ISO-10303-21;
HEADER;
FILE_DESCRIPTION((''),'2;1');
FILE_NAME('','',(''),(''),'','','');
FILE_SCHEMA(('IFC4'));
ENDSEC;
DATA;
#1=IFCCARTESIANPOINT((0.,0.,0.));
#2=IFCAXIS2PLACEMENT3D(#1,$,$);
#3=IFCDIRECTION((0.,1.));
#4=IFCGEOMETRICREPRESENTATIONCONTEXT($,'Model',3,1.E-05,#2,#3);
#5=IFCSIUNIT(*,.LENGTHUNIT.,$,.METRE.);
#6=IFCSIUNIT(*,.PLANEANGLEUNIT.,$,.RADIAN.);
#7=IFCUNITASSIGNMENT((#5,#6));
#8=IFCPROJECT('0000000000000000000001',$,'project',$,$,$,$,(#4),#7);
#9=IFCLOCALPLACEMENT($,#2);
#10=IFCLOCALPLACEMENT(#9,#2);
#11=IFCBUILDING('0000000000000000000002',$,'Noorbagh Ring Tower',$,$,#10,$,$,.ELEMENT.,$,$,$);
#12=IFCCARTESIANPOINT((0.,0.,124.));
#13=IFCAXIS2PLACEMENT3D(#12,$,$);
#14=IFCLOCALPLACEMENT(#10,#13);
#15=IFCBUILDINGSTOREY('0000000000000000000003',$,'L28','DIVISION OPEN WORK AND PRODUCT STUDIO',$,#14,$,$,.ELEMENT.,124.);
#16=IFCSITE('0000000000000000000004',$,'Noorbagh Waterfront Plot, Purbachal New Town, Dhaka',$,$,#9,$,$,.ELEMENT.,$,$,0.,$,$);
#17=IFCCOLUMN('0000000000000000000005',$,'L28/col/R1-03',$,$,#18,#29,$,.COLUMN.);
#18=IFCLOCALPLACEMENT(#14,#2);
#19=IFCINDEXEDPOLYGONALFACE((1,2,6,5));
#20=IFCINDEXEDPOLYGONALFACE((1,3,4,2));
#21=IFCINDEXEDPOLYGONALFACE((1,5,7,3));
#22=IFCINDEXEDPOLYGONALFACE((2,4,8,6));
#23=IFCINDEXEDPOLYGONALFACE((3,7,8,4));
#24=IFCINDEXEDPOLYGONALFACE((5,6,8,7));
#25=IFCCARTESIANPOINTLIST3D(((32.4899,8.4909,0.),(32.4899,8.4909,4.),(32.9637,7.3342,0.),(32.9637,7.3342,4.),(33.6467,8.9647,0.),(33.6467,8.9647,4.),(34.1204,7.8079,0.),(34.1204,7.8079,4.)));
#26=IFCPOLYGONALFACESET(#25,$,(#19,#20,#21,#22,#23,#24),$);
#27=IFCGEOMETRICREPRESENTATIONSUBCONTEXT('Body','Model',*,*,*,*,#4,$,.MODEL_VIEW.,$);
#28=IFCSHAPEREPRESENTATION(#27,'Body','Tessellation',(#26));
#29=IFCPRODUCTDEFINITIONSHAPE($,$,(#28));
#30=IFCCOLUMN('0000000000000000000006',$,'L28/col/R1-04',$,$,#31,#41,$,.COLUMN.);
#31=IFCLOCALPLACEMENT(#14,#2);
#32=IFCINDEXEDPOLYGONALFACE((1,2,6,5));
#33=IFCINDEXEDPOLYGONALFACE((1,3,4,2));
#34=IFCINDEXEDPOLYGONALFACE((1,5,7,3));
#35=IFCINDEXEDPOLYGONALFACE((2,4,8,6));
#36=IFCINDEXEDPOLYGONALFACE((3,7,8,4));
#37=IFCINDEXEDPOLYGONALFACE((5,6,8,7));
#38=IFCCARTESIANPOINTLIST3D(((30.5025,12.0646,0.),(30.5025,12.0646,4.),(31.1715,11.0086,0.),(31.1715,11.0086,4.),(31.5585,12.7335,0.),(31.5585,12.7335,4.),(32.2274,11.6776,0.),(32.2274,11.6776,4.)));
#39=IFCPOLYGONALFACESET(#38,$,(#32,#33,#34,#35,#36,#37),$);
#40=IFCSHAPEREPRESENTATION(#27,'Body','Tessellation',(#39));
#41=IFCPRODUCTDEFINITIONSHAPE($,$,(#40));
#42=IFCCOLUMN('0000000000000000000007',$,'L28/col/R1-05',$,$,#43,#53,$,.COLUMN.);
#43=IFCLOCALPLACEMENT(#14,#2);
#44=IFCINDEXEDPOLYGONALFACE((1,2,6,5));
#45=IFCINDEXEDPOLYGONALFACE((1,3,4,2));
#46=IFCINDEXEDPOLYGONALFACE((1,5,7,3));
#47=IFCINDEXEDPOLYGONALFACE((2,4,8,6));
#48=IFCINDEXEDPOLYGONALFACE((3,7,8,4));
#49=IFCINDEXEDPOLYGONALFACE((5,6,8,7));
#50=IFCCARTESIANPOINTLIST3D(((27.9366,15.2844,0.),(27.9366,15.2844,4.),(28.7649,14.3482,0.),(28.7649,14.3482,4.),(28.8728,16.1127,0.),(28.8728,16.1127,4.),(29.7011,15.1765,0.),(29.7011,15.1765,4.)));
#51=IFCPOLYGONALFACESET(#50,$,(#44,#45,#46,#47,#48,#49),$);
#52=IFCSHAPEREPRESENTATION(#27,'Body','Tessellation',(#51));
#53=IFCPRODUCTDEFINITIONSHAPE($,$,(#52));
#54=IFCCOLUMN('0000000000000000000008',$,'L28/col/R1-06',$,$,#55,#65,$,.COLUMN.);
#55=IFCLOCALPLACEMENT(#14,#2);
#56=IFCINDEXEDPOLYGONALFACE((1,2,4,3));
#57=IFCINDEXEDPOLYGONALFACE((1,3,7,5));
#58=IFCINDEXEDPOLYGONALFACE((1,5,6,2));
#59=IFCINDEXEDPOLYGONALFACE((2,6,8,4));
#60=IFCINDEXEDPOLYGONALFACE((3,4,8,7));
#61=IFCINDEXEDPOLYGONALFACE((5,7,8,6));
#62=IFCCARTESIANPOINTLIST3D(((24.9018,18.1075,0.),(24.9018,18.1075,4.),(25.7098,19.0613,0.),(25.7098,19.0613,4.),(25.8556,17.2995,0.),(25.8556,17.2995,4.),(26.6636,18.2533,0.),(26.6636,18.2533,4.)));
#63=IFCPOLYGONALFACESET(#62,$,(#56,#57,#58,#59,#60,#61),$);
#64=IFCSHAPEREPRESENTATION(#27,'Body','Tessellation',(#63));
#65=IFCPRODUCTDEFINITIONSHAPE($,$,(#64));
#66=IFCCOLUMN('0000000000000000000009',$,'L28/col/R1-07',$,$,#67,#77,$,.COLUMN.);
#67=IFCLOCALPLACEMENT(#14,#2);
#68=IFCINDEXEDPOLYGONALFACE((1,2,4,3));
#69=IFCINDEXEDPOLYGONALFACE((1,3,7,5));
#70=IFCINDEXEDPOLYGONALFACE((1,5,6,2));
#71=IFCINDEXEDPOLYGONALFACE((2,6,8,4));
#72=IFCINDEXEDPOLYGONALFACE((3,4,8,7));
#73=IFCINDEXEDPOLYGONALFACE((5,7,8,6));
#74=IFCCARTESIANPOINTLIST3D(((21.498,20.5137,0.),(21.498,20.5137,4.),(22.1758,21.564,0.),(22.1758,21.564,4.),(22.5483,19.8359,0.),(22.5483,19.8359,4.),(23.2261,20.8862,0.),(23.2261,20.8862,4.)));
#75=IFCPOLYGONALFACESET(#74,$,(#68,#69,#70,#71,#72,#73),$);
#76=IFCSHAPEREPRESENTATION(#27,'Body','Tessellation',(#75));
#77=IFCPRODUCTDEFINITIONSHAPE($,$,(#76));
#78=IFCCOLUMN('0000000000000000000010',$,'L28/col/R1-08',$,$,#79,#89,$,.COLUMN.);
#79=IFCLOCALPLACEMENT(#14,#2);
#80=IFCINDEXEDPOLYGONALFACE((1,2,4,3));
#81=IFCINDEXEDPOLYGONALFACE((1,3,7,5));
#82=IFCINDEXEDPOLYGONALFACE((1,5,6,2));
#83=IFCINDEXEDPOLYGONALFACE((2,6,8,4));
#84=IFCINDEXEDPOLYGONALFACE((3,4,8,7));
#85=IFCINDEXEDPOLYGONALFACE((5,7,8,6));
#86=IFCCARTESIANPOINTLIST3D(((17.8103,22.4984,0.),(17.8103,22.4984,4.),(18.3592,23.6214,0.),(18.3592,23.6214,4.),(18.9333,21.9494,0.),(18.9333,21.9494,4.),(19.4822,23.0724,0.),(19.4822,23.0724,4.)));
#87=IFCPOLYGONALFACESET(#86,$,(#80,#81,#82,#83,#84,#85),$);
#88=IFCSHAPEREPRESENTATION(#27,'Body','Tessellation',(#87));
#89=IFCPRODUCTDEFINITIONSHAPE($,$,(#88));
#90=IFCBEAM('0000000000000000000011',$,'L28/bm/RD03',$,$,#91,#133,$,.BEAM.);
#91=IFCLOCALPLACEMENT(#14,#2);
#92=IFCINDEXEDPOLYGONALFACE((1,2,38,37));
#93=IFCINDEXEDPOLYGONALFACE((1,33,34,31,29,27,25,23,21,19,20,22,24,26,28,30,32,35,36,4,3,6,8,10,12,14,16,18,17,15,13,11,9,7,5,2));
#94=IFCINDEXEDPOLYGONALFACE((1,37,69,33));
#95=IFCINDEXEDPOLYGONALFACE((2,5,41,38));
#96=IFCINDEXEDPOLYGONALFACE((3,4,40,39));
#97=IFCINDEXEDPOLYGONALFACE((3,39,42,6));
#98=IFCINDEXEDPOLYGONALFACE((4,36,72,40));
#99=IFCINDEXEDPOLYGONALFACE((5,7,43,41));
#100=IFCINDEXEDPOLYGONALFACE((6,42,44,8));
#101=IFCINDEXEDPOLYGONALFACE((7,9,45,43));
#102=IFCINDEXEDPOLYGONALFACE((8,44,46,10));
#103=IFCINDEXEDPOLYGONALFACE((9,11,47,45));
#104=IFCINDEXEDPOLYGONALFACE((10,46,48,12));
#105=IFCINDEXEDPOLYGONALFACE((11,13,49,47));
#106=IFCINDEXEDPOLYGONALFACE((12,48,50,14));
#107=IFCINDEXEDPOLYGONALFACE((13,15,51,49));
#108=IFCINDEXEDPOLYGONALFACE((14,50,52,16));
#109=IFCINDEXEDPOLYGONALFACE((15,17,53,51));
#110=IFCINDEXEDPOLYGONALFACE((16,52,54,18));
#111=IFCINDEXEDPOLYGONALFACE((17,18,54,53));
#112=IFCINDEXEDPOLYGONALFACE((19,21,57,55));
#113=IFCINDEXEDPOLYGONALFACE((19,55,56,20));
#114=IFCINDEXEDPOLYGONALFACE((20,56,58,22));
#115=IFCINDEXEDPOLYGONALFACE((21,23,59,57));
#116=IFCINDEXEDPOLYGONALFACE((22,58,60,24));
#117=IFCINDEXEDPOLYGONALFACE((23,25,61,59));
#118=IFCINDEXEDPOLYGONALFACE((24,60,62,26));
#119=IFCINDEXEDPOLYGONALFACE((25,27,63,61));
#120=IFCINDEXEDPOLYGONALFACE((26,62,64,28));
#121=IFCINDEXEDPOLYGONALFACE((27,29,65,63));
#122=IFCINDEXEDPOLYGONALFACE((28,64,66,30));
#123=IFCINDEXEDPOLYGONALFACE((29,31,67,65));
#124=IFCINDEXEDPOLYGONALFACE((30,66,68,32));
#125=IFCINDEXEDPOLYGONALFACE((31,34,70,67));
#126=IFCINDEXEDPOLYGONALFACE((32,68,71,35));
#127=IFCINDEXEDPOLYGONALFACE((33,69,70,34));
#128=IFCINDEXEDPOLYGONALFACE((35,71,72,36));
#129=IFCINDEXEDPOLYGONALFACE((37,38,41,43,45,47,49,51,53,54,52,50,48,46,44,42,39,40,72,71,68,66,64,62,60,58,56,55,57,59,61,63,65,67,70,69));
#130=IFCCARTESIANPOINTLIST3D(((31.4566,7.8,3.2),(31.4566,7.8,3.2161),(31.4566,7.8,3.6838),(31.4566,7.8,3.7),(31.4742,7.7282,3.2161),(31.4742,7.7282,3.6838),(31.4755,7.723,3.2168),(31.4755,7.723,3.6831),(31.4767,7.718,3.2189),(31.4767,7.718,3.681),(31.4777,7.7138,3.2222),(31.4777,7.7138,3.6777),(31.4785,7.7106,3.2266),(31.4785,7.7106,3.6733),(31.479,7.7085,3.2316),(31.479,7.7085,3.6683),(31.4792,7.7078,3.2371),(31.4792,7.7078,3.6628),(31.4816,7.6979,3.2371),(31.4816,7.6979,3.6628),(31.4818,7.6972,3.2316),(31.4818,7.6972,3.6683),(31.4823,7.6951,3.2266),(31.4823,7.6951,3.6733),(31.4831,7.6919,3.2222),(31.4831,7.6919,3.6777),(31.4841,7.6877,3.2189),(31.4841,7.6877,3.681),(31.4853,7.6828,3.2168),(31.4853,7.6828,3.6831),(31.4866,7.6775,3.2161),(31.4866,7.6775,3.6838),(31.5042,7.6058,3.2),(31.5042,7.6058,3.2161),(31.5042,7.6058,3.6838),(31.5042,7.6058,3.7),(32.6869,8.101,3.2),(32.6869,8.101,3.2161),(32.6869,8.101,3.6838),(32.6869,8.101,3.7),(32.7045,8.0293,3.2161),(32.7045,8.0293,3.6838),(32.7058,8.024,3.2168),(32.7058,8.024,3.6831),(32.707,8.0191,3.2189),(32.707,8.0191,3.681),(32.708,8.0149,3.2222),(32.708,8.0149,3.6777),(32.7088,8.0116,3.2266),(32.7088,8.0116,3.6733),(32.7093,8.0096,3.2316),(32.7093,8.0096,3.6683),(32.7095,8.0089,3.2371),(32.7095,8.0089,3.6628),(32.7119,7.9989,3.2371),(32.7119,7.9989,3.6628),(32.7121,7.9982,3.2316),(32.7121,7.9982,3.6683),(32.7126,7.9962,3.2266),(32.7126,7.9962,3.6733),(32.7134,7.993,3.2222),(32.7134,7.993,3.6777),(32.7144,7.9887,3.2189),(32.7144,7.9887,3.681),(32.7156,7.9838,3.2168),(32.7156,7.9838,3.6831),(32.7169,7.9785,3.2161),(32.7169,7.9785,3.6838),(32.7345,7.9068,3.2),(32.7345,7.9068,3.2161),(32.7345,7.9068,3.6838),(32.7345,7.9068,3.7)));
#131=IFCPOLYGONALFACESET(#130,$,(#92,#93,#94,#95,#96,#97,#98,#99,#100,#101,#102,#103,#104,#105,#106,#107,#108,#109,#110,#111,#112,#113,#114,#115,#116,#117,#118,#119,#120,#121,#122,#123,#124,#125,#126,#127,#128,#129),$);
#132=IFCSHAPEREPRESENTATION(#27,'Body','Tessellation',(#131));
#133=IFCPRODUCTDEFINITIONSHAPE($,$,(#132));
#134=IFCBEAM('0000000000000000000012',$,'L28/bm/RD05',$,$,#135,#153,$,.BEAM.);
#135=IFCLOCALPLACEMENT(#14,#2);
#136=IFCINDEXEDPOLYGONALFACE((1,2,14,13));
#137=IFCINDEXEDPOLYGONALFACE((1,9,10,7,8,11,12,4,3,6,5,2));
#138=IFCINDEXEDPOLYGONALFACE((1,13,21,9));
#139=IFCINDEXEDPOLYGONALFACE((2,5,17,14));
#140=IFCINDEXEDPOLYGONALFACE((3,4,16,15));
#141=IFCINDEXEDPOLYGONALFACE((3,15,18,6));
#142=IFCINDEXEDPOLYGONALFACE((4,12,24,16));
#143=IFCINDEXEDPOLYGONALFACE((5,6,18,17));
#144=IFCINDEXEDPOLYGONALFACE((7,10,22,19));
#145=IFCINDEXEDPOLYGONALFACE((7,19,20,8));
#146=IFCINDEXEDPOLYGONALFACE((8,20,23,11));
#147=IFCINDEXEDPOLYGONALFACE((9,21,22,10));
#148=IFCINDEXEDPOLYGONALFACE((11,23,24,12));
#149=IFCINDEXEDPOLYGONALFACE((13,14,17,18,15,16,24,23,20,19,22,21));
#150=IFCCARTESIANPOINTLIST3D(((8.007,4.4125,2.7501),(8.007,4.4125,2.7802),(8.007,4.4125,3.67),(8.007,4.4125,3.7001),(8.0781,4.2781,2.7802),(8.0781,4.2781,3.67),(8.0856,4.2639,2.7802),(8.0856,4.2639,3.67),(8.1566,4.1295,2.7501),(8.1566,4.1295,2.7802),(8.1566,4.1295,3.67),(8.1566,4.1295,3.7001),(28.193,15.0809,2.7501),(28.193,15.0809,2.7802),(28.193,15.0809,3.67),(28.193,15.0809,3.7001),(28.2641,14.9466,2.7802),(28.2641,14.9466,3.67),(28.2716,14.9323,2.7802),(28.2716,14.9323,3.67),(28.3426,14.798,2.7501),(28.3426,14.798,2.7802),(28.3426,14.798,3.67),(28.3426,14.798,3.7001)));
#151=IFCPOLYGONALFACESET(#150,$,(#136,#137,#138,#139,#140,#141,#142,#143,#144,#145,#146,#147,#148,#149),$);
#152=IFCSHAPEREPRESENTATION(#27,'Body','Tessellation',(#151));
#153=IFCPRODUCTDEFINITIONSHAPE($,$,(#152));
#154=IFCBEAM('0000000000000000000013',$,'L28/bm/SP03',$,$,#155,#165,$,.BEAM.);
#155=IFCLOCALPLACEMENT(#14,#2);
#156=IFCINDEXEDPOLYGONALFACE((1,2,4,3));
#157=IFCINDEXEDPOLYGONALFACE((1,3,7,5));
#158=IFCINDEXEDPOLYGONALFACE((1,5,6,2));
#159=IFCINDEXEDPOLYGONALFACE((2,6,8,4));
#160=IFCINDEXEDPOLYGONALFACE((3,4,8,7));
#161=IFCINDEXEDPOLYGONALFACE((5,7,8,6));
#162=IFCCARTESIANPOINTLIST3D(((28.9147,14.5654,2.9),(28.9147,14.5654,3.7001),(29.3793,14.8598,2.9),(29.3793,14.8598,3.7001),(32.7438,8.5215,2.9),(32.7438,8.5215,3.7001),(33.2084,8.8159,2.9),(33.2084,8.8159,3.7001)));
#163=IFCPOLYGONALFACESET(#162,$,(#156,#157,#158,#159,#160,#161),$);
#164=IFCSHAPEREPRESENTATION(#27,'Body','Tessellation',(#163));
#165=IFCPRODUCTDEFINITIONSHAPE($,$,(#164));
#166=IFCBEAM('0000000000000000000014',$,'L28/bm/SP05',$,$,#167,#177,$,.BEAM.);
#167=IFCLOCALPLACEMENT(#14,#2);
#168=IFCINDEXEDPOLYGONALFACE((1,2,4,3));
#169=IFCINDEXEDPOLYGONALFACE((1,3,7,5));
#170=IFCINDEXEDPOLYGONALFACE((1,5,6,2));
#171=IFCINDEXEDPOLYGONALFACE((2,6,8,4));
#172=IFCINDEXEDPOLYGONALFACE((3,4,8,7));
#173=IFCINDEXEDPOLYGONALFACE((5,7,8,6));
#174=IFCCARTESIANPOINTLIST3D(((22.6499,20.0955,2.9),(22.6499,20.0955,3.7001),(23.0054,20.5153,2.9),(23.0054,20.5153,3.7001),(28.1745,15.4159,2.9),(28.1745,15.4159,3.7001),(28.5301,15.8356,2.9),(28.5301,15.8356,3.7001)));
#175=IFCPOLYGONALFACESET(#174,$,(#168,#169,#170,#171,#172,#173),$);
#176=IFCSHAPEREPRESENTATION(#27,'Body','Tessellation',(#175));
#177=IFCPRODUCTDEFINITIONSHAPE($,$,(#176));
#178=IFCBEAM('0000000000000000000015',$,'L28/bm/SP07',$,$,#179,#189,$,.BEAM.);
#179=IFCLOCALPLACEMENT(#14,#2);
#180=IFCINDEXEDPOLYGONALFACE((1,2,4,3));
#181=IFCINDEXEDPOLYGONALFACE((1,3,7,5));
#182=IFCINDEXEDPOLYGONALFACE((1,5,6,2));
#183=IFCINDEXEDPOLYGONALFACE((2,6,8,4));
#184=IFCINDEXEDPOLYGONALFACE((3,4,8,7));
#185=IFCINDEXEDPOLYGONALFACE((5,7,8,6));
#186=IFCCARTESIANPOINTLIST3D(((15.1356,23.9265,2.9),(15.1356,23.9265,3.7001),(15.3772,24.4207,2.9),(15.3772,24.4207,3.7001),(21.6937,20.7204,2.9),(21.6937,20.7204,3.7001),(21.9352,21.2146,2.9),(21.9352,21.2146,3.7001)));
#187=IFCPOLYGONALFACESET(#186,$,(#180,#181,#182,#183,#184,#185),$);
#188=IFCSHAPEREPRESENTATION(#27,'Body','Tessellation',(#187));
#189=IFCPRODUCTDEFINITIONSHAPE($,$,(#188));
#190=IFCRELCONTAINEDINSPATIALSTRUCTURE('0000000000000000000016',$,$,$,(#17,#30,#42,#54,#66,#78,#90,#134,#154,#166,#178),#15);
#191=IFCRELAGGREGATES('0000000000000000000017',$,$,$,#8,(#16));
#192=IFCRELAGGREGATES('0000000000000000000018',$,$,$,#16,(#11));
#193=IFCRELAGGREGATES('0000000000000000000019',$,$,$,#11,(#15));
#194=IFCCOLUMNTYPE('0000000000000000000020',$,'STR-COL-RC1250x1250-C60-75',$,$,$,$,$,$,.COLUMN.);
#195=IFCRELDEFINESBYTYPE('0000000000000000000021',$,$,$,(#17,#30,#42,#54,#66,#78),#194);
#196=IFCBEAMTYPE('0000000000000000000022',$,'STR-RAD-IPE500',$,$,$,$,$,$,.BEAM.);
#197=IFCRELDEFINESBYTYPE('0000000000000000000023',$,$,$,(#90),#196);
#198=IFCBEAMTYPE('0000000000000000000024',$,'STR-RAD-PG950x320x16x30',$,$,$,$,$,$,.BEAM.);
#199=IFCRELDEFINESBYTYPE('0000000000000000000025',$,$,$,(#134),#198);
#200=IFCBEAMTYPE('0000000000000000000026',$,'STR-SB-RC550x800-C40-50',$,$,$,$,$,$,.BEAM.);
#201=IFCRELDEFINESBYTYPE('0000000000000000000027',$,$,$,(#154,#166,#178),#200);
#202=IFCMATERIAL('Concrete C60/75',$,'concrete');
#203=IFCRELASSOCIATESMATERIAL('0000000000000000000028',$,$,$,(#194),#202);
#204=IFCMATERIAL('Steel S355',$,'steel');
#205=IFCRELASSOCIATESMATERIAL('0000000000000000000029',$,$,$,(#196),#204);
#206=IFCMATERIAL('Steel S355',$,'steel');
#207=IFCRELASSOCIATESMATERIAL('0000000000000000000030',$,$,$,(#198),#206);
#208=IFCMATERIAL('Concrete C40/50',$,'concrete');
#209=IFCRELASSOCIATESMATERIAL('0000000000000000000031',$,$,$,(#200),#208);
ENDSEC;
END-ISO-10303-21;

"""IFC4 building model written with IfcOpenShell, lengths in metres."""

from ifc_helpers import new_model, si_unit, direction, frame, origin, origin_2d, place, context, subcontext, project, spatial, rectangle, i_section, extrude, material, material_profile, profile_set, type_object, element, save


model = new_model("IFC4")

# Units and contexts
model_context = context("Model", 3, precision=1e-05, world=origin(), true_north=direction((0.0, 1.0)))
body_context = subcontext(model_context, "Body", "Model", "MODEL_VIEW")
ifc_project = project(units=[si_unit("LENGTHUNIT", "METRE"), si_unit("PLANEANGLEUNIT", "RADIAN")], contexts=[model_context])

# Site, building, storey
site_placement = place(None, origin())
site = spatial("IfcSite", under=ifc_project, at=site_placement, Name="Noorbagh Waterfront Plot, Purbachal New Town, Dhaka", CompositionType="ELEMENT", RefElevation=0.0)
building_placement = place(site_placement, origin())
building = spatial("IfcBuilding", under=site, at=building_placement, Name="Noorbagh Ring Tower", CompositionType="ELEMENT")
storey_placement = place(building_placement, frame((0.0, 0.0, 124.0)))
storey = spatial("IfcBuildingStorey", under=building, at=storey_placement, Name="L28", Description="DIVISION OPEN WORK AND PRODUCT STUDIO", CompositionType="ELEMENT", Elevation=124.0)

# Columns
ifc_material_1 = material(Name="Concrete C60/75", Category="concrete")
ifc_material_profile_1 = material_profile(ifc_material_1, rectangle(XDim=1.25, YDim=1.25, at=origin_2d()), Name="RC1250x1250")
ifc_profile_set_1 = profile_set([ifc_material_profile_1], Name="Concrete C60/75")
column_type = type_object("IfcColumnType", Name="STR-COL-RC1250x1250-C60-75", PredefinedType="COLUMN", material=ifc_profile_set_1)
for number, where, z_axis, x_axis, name in (
    (1, (33.3052, 8.1494, 0.0), (0.0, 0.0, 1.0), (-0.378989, 0.925401, 0.0), "L28/col/R1-03"),
    (2, (31.365, 11.8711, 0.0), (0.0, 0.0, 1.0), (-0.53519, 0.844731, 0.0), "L28/col/R1-04"),
    (3, (28.8188, 15.2305, 0.0), (0.0, 0.0, 1.0), (-0.662636, 0.748942, 0.0), "L28/col/R1-05"),
    (4, (25.7827, 18.1804, 0.0), (0.0, 0.0, 1.0), (-0.763035, 0.646357, 0.0), "L28/col/R1-06"),
    (5, (22.3621, 20.7, 0.0), (0.0, 0.0, 1.0), (-0.840248, 0.542203, 0.0), "L28/col/R1-07"),
    (6, (18.6462, 22.7854, 0.0), (0.0, 0.0, 1.0), (-0.898399, 0.43918, 0.0), "L28/col/R1-08"),
):
    element("IfcColumn", number, at=place(storey_placement, frame(where, z_axis=z_axis, x_axis=x_axis)), inside=storey, type_object=column_type, Name=name, PredefinedType="COLUMN", context=body_context, shape_type="SweptSolid", body=[
        extrude(rectangle(XDim=1.25, YDim=1.25, at=origin_2d()), origin(), (0.0, 0.0, 1.0), 4.0),
    ])

# Beams
ifc_material_2 = material(Name="Steel S355", Category="steel")
ifc_material_profile_2 = material_profile(ifc_material_2, i_section(OverallWidth=0.2, OverallDepth=0.5, WebThickness=0.0103, FlangeThickness=0.0161, FilletRadius=0.021, at=origin_2d()), Name="IPE500")
ifc_profile_set_2 = profile_set([ifc_material_profile_2], Name="Steel S355")
beam_type_1 = type_object("IfcBeamType", Name="STR-RAD-IPE500", PredefinedType="BEAM", material=ifc_profile_set_2)
beam_1_placement = place(storey_placement, frame((32.7107, 8.0039, 3.45), z_axis=(-0.971344, -0.237679, 0.0), x_axis=(0.237679, -0.971344, 0.0)))
element("IfcBeam", 7, at=beam_1_placement, inside=storey, type_object=beam_type_1, Name="L28/bm/RD03", PredefinedType="BEAM", context=body_context, shape_type="SweptSolid", body=[
    extrude(i_section(OverallWidth=0.2, OverallDepth=0.5, WebThickness=0.0103, FlangeThickness=0.0161, FilletRadius=0.021, at=origin_2d()), origin(), (0.0, 0.0, 1.0), 1.2666),
])
ifc_material_3 = material(Name="Steel S355", Category="steel")
ifc_material_profile_3 = material_profile(ifc_material_3, i_section(OverallWidth=0.3201, OverallDepth=0.95, WebThickness=0.0161, FlangeThickness=0.03, at=origin_2d()), Name="PG950x320x16x30")
ifc_profile_set_3 = profile_set([ifc_material_profile_3], Name="Steel S355")
beam_type_2 = type_object("IfcBeamType", Name="STR-RAD-PG950x320x16x30", PredefinedType="BEAM", material=ifc_profile_set_3)
beam_2_placement = place(storey_placement, frame((28.2678, 14.9395, 3.2251), z_axis=(-0.884119, -0.467263, 0.0), x_axis=(0.467263, -0.884119, 0.0)))
element("IfcBeam", 8, at=beam_2_placement, inside=storey, type_object=beam_type_2, Name="L28/bm/RD05", PredefinedType="BEAM", context=body_context, shape_type="SweptSolid", body=[
    extrude(i_section(OverallWidth=0.3201, OverallDepth=0.95, WebThickness=0.0161, FlangeThickness=0.03, at=origin_2d()), origin(), (0.0, 0.0, 1.0), 22.8318),
])
ifc_material_4 = material(Name="Concrete C40/50", Category="concrete")
ifc_material_profile_4 = material_profile(ifc_material_4, rectangle(XDim=0.55, YDim=0.8, at=origin_2d()), Name="RC550x800")
ifc_profile_set_4 = profile_set([ifc_material_profile_4], Name="Concrete C40/50")
beam_type_3 = type_object("IfcBeamType", Name="STR-SB-RC550x800-C40-50", PredefinedType="BEAM", material=ifc_profile_set_4)
beam_3_placement = place(storey_placement, frame((32.9761, 8.6687, 3.3), z_axis=(-0.535179, 0.844739, 0.0), x_axis=(-0.844739, -0.535179, 0.0)))
element("IfcBeam", 9, at=beam_3_placement, inside=storey, type_object=beam_type_3, Name="L28/bm/SP03", PredefinedType="BEAM", context=body_context, shape_type="SweptSolid", body=[
    extrude(rectangle(XDim=0.55, YDim=0.8, at=origin_2d()), origin(), (0.0, 0.0, 1.0), 7.1548),
])
beam_4_placement = place(storey_placement, frame((28.3523, 15.6257, 3.3), z_axis=(-0.763047, 0.646343, 0.0), x_axis=(-0.646343, -0.763047, 0.0)))
element("IfcBeam", 10, at=beam_4_placement, inside=storey, type_object=beam_type_3, Name="L28/bm/SP05", PredefinedType="BEAM", context=body_context, shape_type="SweptSolid", body=[
    extrude(rectangle(XDim=0.55, YDim=0.8, at=origin_2d()), origin(), (0.0, 0.0, 1.0), 7.2402),
])
beam_5_placement = place(storey_placement, frame((21.8145, 20.9675, 3.3), z_axis=(-0.898391, 0.439196, 0.0), x_axis=(-0.439196, -0.898391, 0.0)))
element("IfcBeam", 11, at=beam_5_placement, inside=storey, type_object=beam_type_3, Name="L28/bm/SP07", PredefinedType="BEAM", context=body_context, shape_type="SweptSolid", body=[
    extrude(rectangle(XDim=0.55, YDim=0.8, at=origin_2d()), origin(), (0.0, 0.0, 1.0), 7.2998),
])

save(model, "model.ifc")
